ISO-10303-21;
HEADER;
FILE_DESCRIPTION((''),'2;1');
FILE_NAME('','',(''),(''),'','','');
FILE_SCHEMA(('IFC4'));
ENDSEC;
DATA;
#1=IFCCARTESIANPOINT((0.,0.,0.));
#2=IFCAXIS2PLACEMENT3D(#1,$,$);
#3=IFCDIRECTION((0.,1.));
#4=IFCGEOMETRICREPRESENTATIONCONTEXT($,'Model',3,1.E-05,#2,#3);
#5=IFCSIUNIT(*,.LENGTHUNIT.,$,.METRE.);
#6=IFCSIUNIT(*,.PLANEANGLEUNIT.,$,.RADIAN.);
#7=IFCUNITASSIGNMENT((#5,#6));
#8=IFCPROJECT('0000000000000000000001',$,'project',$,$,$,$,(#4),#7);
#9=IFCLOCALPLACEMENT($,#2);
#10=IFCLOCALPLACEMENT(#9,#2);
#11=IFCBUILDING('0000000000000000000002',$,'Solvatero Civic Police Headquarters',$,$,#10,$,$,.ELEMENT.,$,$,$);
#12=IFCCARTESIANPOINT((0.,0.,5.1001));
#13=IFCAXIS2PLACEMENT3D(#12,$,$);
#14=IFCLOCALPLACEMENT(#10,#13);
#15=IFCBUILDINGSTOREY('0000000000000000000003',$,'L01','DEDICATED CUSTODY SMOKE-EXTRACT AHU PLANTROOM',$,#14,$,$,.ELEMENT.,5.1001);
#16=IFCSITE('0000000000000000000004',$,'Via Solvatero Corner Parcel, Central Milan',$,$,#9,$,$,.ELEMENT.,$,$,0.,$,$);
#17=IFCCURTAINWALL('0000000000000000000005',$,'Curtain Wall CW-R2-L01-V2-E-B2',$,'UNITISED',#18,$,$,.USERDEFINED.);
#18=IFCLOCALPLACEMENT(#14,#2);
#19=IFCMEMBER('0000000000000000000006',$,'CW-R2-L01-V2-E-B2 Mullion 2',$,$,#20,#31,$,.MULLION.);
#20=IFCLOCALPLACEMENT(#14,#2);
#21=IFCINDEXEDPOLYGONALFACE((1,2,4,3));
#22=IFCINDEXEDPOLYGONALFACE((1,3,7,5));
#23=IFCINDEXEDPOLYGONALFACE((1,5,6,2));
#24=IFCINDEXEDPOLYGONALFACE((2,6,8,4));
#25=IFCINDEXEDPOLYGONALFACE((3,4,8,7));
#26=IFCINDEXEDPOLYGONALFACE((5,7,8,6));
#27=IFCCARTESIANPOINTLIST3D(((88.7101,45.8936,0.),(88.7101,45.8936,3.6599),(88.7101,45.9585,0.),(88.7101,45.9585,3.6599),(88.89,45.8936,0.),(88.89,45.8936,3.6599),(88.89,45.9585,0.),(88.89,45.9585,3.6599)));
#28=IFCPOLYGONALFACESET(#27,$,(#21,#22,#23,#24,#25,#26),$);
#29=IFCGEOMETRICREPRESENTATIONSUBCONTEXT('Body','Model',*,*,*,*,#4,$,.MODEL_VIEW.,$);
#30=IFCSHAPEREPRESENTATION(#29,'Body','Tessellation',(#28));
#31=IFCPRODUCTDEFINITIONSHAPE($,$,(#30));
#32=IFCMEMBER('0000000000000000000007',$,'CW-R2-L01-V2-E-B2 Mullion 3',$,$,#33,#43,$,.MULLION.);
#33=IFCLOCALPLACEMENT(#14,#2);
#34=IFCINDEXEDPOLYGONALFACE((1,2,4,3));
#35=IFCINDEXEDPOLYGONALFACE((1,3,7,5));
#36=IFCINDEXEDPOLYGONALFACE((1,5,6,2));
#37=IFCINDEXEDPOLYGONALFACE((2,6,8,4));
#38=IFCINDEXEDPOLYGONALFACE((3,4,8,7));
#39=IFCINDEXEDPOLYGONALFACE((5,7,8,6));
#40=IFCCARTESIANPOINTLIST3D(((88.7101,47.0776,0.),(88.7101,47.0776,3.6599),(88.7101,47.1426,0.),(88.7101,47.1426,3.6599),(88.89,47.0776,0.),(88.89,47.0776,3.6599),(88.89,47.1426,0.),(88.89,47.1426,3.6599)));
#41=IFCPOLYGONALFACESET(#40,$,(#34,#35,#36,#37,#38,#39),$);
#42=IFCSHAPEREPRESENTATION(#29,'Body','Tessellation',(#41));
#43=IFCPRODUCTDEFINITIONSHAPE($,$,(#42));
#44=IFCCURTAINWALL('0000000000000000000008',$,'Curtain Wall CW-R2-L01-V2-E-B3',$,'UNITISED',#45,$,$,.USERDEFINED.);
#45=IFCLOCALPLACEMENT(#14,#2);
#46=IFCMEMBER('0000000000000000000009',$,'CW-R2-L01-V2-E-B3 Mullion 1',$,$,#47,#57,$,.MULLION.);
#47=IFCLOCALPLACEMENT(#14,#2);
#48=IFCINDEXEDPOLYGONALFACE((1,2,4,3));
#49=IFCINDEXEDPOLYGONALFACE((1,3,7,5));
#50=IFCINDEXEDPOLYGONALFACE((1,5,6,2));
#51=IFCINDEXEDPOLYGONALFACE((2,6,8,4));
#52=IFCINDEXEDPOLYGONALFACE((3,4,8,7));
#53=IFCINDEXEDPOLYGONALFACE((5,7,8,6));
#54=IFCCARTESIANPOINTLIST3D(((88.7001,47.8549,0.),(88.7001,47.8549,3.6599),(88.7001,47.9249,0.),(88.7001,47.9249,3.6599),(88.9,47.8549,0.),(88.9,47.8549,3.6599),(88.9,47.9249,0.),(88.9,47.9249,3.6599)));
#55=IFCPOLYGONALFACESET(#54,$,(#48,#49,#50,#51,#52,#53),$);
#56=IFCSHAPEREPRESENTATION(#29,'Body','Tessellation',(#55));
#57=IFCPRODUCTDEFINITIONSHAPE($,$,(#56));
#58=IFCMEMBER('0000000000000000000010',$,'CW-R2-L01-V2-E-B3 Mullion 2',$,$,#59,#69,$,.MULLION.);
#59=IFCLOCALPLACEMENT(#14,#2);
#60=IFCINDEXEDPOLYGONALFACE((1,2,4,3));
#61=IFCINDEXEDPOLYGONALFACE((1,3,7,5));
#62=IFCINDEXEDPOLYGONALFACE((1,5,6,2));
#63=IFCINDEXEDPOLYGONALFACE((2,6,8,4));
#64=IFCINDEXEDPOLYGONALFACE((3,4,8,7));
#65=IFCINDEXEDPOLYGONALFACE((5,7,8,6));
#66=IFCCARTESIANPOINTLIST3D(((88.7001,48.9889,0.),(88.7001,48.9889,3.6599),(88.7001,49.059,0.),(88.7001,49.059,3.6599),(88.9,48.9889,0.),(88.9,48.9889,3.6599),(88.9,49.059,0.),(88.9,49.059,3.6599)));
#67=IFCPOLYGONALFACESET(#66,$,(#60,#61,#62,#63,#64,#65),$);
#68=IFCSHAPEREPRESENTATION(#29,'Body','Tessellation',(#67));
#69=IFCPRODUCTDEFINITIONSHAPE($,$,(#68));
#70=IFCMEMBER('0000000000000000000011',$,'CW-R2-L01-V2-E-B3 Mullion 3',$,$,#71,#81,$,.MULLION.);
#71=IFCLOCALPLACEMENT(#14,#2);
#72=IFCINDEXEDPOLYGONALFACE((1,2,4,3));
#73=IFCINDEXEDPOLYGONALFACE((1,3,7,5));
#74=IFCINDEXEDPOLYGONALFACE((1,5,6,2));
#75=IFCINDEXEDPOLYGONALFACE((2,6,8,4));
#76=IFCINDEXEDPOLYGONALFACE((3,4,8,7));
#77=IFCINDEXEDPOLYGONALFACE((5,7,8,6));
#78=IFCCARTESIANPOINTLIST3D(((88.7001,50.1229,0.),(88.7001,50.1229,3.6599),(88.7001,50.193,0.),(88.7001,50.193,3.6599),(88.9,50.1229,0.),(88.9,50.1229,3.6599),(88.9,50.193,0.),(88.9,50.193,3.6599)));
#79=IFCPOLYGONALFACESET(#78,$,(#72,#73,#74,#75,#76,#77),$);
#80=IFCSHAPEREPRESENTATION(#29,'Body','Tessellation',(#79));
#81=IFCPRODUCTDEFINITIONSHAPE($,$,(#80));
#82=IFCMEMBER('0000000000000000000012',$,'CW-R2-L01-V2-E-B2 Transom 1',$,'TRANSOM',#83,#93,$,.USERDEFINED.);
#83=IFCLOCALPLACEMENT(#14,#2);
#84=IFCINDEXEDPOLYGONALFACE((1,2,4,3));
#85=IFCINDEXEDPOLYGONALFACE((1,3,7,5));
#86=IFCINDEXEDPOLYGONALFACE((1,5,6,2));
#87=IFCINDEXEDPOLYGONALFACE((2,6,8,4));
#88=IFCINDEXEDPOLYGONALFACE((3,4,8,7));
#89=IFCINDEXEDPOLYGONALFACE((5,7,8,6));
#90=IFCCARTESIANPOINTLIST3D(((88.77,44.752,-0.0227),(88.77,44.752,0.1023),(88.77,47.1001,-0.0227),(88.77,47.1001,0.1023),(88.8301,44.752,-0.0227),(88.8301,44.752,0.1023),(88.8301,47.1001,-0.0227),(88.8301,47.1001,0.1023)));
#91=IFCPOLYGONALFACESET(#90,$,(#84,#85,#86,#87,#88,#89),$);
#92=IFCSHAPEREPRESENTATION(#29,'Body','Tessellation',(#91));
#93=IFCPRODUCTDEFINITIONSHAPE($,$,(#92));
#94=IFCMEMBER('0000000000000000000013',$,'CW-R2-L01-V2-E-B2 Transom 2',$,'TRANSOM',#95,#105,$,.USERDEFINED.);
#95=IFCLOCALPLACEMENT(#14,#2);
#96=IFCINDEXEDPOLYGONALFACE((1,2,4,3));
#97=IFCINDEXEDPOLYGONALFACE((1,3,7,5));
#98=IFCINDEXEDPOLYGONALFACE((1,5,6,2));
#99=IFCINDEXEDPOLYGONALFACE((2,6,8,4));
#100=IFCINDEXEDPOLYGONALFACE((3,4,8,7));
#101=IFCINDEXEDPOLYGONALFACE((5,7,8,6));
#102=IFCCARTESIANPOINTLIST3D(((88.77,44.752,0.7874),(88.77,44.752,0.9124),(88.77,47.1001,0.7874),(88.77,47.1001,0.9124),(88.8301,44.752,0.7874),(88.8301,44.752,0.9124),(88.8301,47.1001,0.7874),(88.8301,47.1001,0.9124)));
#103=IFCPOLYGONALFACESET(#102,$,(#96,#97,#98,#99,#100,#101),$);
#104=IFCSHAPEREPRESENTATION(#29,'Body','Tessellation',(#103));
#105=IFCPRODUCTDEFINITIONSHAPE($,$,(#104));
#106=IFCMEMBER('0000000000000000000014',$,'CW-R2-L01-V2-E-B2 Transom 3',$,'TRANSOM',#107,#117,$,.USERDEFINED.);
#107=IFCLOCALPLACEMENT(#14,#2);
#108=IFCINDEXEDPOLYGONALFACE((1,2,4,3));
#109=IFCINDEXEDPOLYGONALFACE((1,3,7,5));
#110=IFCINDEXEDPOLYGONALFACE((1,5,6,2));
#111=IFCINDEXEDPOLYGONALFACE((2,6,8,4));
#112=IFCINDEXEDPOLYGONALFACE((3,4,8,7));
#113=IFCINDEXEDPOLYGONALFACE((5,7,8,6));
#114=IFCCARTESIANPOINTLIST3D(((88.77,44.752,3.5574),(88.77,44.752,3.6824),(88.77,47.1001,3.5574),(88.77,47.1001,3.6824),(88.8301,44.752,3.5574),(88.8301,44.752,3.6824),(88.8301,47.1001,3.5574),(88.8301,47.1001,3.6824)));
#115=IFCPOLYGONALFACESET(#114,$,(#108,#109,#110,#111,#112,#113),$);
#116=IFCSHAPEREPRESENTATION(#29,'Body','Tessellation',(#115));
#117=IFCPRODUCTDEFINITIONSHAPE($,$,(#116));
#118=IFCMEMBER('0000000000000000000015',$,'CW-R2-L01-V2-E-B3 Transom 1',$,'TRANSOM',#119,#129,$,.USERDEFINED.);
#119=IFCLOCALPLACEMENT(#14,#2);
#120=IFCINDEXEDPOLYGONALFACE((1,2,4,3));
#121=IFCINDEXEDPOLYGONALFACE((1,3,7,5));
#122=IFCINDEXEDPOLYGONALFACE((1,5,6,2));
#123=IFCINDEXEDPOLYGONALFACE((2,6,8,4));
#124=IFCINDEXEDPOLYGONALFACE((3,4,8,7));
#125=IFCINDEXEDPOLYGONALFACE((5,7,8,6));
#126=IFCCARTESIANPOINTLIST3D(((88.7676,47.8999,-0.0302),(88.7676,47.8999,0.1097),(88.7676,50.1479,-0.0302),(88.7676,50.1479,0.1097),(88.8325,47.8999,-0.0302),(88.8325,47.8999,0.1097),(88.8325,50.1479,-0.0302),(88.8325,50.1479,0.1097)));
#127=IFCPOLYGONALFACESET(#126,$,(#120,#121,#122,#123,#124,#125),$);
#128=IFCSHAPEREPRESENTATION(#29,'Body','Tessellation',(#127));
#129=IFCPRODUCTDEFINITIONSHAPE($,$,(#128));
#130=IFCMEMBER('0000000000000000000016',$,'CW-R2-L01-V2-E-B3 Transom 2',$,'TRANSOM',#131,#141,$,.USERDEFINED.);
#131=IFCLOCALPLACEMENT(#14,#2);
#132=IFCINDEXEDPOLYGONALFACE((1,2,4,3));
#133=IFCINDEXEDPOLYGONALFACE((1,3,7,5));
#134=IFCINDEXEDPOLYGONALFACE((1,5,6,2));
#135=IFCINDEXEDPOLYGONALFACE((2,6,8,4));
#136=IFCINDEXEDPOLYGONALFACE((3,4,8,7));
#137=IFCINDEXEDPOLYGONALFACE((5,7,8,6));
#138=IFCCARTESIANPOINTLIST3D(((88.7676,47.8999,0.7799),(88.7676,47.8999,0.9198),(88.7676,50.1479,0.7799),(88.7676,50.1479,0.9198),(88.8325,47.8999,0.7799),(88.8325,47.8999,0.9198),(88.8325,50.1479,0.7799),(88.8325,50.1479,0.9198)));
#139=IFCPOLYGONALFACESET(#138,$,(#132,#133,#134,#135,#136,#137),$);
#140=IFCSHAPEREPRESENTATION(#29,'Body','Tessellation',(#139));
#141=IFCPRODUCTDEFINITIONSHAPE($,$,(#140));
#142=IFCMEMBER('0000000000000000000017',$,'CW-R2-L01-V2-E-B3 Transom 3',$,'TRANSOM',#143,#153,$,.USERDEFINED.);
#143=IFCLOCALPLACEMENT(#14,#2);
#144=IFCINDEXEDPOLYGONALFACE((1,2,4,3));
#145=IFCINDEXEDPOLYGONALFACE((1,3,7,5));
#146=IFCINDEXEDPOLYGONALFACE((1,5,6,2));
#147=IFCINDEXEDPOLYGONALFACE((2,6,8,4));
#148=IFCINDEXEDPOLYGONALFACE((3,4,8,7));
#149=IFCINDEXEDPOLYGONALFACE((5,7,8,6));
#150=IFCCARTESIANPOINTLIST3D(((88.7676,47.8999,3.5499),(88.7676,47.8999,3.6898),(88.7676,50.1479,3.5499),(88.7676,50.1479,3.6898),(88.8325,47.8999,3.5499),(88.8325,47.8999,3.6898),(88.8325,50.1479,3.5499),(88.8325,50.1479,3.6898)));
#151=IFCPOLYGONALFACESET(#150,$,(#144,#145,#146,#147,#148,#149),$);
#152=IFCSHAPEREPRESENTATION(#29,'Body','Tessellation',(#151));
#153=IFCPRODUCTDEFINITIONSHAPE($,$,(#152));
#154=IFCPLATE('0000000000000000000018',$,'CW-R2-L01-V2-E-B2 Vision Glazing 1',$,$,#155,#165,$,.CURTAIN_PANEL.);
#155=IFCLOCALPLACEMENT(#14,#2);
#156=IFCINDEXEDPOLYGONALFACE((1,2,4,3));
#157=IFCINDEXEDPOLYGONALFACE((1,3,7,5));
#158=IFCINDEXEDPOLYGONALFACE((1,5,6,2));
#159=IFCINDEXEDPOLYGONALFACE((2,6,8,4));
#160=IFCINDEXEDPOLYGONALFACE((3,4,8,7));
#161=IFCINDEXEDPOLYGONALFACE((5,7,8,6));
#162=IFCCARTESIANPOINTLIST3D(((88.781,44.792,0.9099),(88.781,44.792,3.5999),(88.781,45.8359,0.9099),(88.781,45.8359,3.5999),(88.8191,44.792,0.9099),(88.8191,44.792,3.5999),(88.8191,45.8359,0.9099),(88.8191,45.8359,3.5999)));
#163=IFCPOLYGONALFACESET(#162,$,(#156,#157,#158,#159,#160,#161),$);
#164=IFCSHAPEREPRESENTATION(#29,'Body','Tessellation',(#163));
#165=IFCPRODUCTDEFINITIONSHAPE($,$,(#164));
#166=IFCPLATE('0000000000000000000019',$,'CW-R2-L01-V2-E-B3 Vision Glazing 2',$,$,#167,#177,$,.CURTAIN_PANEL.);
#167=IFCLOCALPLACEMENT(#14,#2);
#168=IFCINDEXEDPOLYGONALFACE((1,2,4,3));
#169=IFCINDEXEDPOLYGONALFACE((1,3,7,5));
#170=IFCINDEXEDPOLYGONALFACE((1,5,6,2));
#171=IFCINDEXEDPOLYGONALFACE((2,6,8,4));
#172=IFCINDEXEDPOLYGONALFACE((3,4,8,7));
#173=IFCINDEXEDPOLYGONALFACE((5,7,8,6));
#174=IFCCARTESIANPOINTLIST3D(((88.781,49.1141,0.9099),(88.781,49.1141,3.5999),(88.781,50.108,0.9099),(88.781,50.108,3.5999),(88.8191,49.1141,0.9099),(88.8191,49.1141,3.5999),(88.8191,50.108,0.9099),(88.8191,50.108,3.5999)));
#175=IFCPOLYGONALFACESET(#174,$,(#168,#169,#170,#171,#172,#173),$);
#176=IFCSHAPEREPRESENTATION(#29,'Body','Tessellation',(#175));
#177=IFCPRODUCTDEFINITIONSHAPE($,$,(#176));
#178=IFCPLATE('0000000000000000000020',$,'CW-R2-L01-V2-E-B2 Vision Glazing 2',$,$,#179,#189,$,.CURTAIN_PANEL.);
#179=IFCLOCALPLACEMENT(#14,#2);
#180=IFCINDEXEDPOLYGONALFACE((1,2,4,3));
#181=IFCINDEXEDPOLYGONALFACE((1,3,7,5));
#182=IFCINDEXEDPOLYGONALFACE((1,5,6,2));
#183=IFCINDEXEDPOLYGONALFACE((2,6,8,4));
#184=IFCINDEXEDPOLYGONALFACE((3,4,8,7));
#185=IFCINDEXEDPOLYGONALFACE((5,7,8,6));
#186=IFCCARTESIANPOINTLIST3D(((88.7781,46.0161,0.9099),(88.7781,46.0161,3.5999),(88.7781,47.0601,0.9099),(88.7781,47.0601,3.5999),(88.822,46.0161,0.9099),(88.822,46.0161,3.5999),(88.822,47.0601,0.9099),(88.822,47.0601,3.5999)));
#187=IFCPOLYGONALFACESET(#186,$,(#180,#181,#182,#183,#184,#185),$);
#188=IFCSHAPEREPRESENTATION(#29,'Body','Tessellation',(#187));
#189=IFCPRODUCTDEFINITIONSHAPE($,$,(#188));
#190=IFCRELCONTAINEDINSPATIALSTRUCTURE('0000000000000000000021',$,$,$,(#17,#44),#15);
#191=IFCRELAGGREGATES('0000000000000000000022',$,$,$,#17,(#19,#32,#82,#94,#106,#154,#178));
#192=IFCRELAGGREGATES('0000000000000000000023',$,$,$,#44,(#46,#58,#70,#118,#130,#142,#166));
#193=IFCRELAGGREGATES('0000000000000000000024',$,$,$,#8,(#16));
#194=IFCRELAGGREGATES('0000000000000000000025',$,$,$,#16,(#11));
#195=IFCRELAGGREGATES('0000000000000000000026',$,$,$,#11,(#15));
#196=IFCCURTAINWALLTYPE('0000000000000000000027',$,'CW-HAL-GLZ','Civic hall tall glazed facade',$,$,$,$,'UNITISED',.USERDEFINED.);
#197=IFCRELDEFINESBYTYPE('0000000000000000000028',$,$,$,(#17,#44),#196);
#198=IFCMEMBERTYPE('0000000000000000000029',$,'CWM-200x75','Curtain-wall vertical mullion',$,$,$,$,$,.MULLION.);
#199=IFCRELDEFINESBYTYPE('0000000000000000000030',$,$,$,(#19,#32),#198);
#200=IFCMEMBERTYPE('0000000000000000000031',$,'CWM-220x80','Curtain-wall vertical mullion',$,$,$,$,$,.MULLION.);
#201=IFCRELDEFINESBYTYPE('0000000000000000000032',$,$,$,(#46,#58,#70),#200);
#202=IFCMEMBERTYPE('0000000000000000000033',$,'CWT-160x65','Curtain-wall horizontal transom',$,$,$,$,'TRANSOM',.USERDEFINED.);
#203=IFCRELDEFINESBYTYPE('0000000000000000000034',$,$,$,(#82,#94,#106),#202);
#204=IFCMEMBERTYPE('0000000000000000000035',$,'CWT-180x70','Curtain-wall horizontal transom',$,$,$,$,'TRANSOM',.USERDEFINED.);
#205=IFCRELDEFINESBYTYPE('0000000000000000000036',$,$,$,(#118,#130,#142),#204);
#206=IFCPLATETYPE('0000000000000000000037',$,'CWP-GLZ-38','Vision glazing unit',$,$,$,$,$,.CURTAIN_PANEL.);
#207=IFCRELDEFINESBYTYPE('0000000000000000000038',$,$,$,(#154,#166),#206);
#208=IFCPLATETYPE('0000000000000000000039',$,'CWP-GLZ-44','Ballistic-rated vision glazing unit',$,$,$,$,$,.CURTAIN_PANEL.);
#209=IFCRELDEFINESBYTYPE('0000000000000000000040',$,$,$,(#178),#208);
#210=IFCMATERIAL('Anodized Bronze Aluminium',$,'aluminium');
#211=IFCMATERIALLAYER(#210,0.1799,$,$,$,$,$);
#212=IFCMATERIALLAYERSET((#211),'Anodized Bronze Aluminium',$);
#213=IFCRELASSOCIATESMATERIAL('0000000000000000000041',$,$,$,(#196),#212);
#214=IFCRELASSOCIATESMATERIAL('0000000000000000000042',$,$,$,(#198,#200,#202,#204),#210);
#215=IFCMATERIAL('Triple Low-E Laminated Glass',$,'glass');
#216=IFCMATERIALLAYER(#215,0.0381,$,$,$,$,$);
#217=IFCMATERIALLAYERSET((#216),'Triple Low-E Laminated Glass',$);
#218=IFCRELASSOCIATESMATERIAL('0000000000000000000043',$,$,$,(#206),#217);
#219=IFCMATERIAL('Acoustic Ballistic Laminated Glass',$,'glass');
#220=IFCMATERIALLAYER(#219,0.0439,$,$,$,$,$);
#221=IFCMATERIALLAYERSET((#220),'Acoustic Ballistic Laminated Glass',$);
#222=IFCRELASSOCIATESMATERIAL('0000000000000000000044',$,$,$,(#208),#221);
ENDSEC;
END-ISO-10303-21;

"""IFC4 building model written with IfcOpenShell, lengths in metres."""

from ifc_helpers import new_model, si_unit, direction, frame, origin, origin_2d, place, context, subcontext, project, spatial, rectangle, extrude, material, layer, layer_set, material_profile, profile_set, type_object, element, aggregate, save


model = new_model("IFC4")

# Units and contexts
model_context = context("Model", 3, precision=1e-05, world=origin(), true_north=direction((0.0, 1.0)))
body_context = subcontext(model_context, "Body", "Model", "MODEL_VIEW")
ifc_project = project(units=[si_unit("LENGTHUNIT", "METRE"), si_unit("PLANEANGLEUNIT", "RADIAN")], contexts=[model_context])

# Site, building, storey
site_placement = place(None, origin())
site = spatial("IfcSite", under=ifc_project, at=site_placement, Name="Via Solvatero Corner Parcel, Central Milan", CompositionType="ELEMENT", RefElevation=0.0)
building_placement = place(site_placement, origin())
building = spatial("IfcBuilding", under=site, at=building_placement, Name="Solvatero Civic Police Headquarters", CompositionType="ELEMENT")
storey_placement = place(building_placement, frame((0.0, 0.0, 5.1001)))
storey = spatial("IfcBuildingStorey", under=building, at=storey_placement, Name="L01", Description="DEDICATED CUSTODY SMOKE-EXTRACT AHU PLANTROOM", CompositionType="ELEMENT", Elevation=5.1001)

# Curtain walls, members
ifc_material_1 = material(Name="Anodized Bronze Aluminium", Category="aluminium")
ifc_layer_1 = layer(ifc_material_1, 0.1799)
ifc_layer_set_1 = layer_set([ifc_layer_1], Name="Anodized Bronze Aluminium")
curtain_wall_type = type_object("IfcCurtainWallType", Name="CW-HAL-GLZ", Description="Civic hall tall glazed facade", ElementType="UNITISED", PredefinedType="USERDEFINED", material=ifc_layer_set_1)
curtain_wall_1_placement = place(storey_placement, origin())
curtain_wall_1 = element("IfcCurtainWall", 1, at=curtain_wall_1_placement, inside=storey, type_object=curtain_wall_type, Name="Curtain Wall CW-R2-L01-V2-E-B2", ObjectType="UNITISED", PredefinedType="USERDEFINED")
ifc_material_profile_1 = material_profile(ifc_material_1, rectangle(XDim=0.0649, YDim=0.1799, at=origin_2d()), Name="ALU MULLION 65x180")
ifc_profile_set_1 = profile_set([ifc_material_profile_1], Name="Anodized Bronze Aluminium")
member_type_1 = type_object("IfcMemberType", Name="CWM-200x75", Description="Curtain-wall vertical mullion", PredefinedType="MULLION", material=ifc_profile_set_1)
member_1_placement = place(storey_placement, frame((88.8, 45.926, 0.0), z_axis=(0.0, 0.0, 1.0), x_axis=(0.0, 1.0, 0.0)))
member_1 = element("IfcMember", 2, at=member_1_placement, type_object=member_type_1, Name="CW-R2-L01-V2-E-B2 Mullion 2", PredefinedType="MULLION", context=body_context, shape_type="SweptSolid", body=[
    extrude(rectangle(XDim=0.0649, YDim=0.1799, at=origin_2d()), origin(), (0.0, 0.0, 1.0), 3.6599),
])
member_2_placement = place(storey_placement, frame((88.8, 47.1101, 0.0), z_axis=(0.0, 0.0, 1.0), x_axis=(0.0, 1.0, 0.0)))
member_2 = element("IfcMember", 3, at=member_2_placement, type_object=member_type_1, Name="CW-R2-L01-V2-E-B2 Mullion 3", PredefinedType="MULLION", context=body_context, shape_type="SweptSolid", body=[
    extrude(rectangle(XDim=0.0649, YDim=0.1799, at=origin_2d()), origin(), (0.0, 0.0, 1.0), 3.6599),
])
curtain_wall_2_placement = place(storey_placement, origin())
curtain_wall_2 = element("IfcCurtainWall", 4, at=curtain_wall_2_placement, inside=storey, type_object=curtain_wall_type, Name="Curtain Wall CW-R2-L01-V2-E-B3", ObjectType="UNITISED", PredefinedType="USERDEFINED")
ifc_material_profile_2 = material_profile(ifc_material_1, rectangle(XDim=0.0701, YDim=0.2, at=origin_2d()), Name="ALU MULLION 70x200")
ifc_profile_set_2 = profile_set([ifc_material_profile_2], Name="Anodized Bronze Aluminium")
member_type_2 = type_object("IfcMemberType", Name="CWM-220x80", Description="Curtain-wall vertical mullion", PredefinedType="MULLION", material=ifc_profile_set_2)
member_3_placement = place(storey_placement, frame((88.8, 47.8899, 0.0), z_axis=(0.0, 0.0, 1.0), x_axis=(0.0, 1.0, 0.0)))
member_3 = element("IfcMember", 5, at=member_3_placement, type_object=member_type_2, Name="CW-R2-L01-V2-E-B3 Mullion 1", PredefinedType="MULLION", context=body_context, shape_type="SweptSolid", body=[
    extrude(rectangle(XDim=0.0701, YDim=0.2, at=origin_2d()), origin(), (0.0, 0.0, 1.0), 3.6599),
])
member_4_placement = place(storey_placement, frame((88.8, 49.0239, 0.0), z_axis=(0.0, 0.0, 1.0), x_axis=(0.0, 1.0, 0.0)))
member_4 = element("IfcMember", 6, at=member_4_placement, type_object=member_type_2, Name="CW-R2-L01-V2-E-B3 Mullion 2", PredefinedType="MULLION", context=body_context, shape_type="SweptSolid", body=[
    extrude(rectangle(XDim=0.0701, YDim=0.2, at=origin_2d()), origin(), (0.0, 0.0, 1.0), 3.6599),
])
member_5_placement = place(storey_placement, frame((88.8, 50.158, 0.0), z_axis=(0.0, 0.0, 1.0), x_axis=(0.0, 1.0, 0.0)))
member_5 = element("IfcMember", 7, at=member_5_placement, type_object=member_type_2, Name="CW-R2-L01-V2-E-B3 Mullion 3", PredefinedType="MULLION", context=body_context, shape_type="SweptSolid", body=[
    extrude(rectangle(XDim=0.0701, YDim=0.2, at=origin_2d()), origin(), (0.0, 0.0, 1.0), 3.6599),
])

# Members
ifc_material_profile_3 = material_profile(ifc_material_1, rectangle(XDim=0.0601, YDim=0.125, at=origin_2d()), Name="ALU TRANSOM 60x125")
ifc_profile_set_3 = profile_set([ifc_material_profile_3], Name="Anodized Bronze Aluminium")
member_type_3 = type_object("IfcMemberType", Name="CWT-160x65", Description="Curtain-wall horizontal transom", ElementType="TRANSOM", PredefinedType="USERDEFINED", material=ifc_profile_set_3)
member_6_placement = place(storey_placement, frame((88.8, 44.752, 0.0398), z_axis=(0.0, 1.0, 0.0), x_axis=(-1.0, 0.0, 0.0)))
member_6 = element("IfcMember", 8, at=member_6_placement, type_object=member_type_3, Name="CW-R2-L01-V2-E-B2 Transom 1", ObjectType="TRANSOM", PredefinedType="USERDEFINED", context=body_context, shape_type="SweptSolid", body=[
    extrude(rectangle(XDim=0.0601, YDim=0.125, at=origin_2d()), origin(), (0.0, 0.0, 1.0), 2.3481),
])
member_7_placement = place(storey_placement, frame((88.8, 44.752, 0.8499), z_axis=(0.0, 1.0, 0.0), x_axis=(-1.0, 0.0, 0.0)))
member_7 = element("IfcMember", 9, at=member_7_placement, type_object=member_type_3, Name="CW-R2-L01-V2-E-B2 Transom 2", ObjectType="TRANSOM", PredefinedType="USERDEFINED", context=body_context, shape_type="SweptSolid", body=[
    extrude(rectangle(XDim=0.0601, YDim=0.125, at=origin_2d()), origin(), (0.0, 0.0, 1.0), 2.3481),
])
member_8_placement = place(storey_placement, frame((88.8, 44.752, 3.6199), z_axis=(0.0, 1.0, 0.0), x_axis=(-1.0, 0.0, 0.0)))
member_8 = element("IfcMember", 10, at=member_8_placement, type_object=member_type_3, Name="CW-R2-L01-V2-E-B2 Transom 3", ObjectType="TRANSOM", PredefinedType="USERDEFINED", context=body_context, shape_type="SweptSolid", body=[
    extrude(rectangle(XDim=0.0601, YDim=0.125, at=origin_2d()), origin(), (0.0, 0.0, 1.0), 2.3481),
])
ifc_material_profile_4 = material_profile(ifc_material_1, rectangle(XDim=0.0649, YDim=0.1399, at=origin_2d()), Name="ALU TRANSOM 65x140")
ifc_profile_set_4 = profile_set([ifc_material_profile_4], Name="Anodized Bronze Aluminium")
member_type_4 = type_object("IfcMemberType", Name="CWT-180x70", Description="Curtain-wall horizontal transom", ElementType="TRANSOM", PredefinedType="USERDEFINED", material=ifc_profile_set_4)
member_9_placement = place(storey_placement, frame((88.8, 47.8999, 0.0398), z_axis=(0.0, 1.0, 0.0), x_axis=(-1.0, 0.0, 0.0)))
member_9 = element("IfcMember", 11, at=member_9_placement, type_object=member_type_4, Name="CW-R2-L01-V2-E-B3 Transom 1", ObjectType="TRANSOM", PredefinedType="USERDEFINED", context=body_context, shape_type="SweptSolid", body=[
    extrude(rectangle(XDim=0.0649, YDim=0.1399, at=origin_2d()), origin(), (0.0, 0.0, 1.0), 2.248),
])
member_10_placement = place(storey_placement, frame((88.8, 47.8999, 0.8499), z_axis=(0.0, 1.0, 0.0), x_axis=(-1.0, 0.0, 0.0)))
member_10 = element("IfcMember", 12, at=member_10_placement, type_object=member_type_4, Name="CW-R2-L01-V2-E-B3 Transom 2", ObjectType="TRANSOM", PredefinedType="USERDEFINED", context=body_context, shape_type="SweptSolid", body=[
    extrude(rectangle(XDim=0.0649, YDim=0.1399, at=origin_2d()), origin(), (0.0, 0.0, 1.0), 2.248),
])
member_11_placement = place(storey_placement, frame((88.8, 47.8999, 3.6199), z_axis=(0.0, 1.0, 0.0), x_axis=(-1.0, 0.0, 0.0)))
member_11 = element("IfcMember", 13, at=member_11_placement, type_object=member_type_4, Name="CW-R2-L01-V2-E-B3 Transom 3", ObjectType="TRANSOM", PredefinedType="USERDEFINED", context=body_context, shape_type="SweptSolid", body=[
    extrude(rectangle(XDim=0.0649, YDim=0.1399, at=origin_2d()), origin(), (0.0, 0.0, 1.0), 2.248),
])

# Plates
ifc_material_2 = material(Name="Triple Low-E Laminated Glass", Category="glass")
ifc_layer_2 = layer(ifc_material_2, 0.0381)
ifc_layer_set_2 = layer_set([ifc_layer_2], Name="Triple Low-E Laminated Glass")
plate_type_1 = type_object("IfcPlateType", Name="CWP-GLZ-38", Description="Vision glazing unit", PredefinedType="CURTAIN_PANEL", material=ifc_layer_set_2)
plate_1_placement = place(storey_placement, frame((88.8, 45.314, 0.9099), z_axis=(0.0, 0.0, 1.0), x_axis=(0.0, 1.0, 0.0)))
plate_1 = element("IfcPlate", 14, at=plate_1_placement, type_object=plate_type_1, Name="CW-R2-L01-V2-E-B2 Vision Glazing 1", PredefinedType="CURTAIN_PANEL", context=body_context, shape_type="SweptSolid", body=[
    extrude(rectangle(XDim=1.0439, YDim=0.0381, at=origin_2d()), origin(), (0.0, 0.0, 1.0), 2.6899),
])
plate_2_placement = place(storey_placement, frame((88.8, 49.6111, 0.9099), z_axis=(0.0, 0.0, 1.0), x_axis=(0.0, 1.0, 0.0)))
plate_2 = element("IfcPlate", 15, at=plate_2_placement, type_object=plate_type_1, Name="CW-R2-L01-V2-E-B3 Vision Glazing 2", PredefinedType="CURTAIN_PANEL", context=body_context, shape_type="SweptSolid", body=[
    extrude(rectangle(XDim=0.9939, YDim=0.0381, at=origin_2d()), origin(), (0.0, 0.0, 1.0), 2.6899),
])
ifc_material_3 = material(Name="Acoustic Ballistic Laminated Glass", Category="glass")
ifc_layer_3 = layer(ifc_material_3, 0.0439)
ifc_layer_set_3 = layer_set([ifc_layer_3], Name="Acoustic Ballistic Laminated Glass")
plate_type_2 = type_object("IfcPlateType", Name="CWP-GLZ-44", Description="Ballistic-rated vision glazing unit", PredefinedType="CURTAIN_PANEL", material=ifc_layer_set_3)
plate_3_placement = place(storey_placement, frame((88.8, 46.5381, 0.9099), z_axis=(0.0, 0.0, 1.0), x_axis=(0.0, 1.0, 0.0)))
plate_3 = element("IfcPlate", 16, at=plate_3_placement, type_object=plate_type_2, Name="CW-R2-L01-V2-E-B2 Vision Glazing 2", PredefinedType="CURTAIN_PANEL", context=body_context, shape_type="SweptSolid", body=[
    extrude(rectangle(XDim=1.0439, YDim=0.0439, at=origin_2d()), origin(), (0.0, 0.0, 1.0), 2.6899),
])
aggregate(curtain_wall_1, [member_1, member_2, member_6, member_7, member_8, plate_1, plate_3])
aggregate(curtain_wall_2, [member_3, member_4, member_5, member_9, member_10, member_11, plate_2])

save(model, "model.ifc")
